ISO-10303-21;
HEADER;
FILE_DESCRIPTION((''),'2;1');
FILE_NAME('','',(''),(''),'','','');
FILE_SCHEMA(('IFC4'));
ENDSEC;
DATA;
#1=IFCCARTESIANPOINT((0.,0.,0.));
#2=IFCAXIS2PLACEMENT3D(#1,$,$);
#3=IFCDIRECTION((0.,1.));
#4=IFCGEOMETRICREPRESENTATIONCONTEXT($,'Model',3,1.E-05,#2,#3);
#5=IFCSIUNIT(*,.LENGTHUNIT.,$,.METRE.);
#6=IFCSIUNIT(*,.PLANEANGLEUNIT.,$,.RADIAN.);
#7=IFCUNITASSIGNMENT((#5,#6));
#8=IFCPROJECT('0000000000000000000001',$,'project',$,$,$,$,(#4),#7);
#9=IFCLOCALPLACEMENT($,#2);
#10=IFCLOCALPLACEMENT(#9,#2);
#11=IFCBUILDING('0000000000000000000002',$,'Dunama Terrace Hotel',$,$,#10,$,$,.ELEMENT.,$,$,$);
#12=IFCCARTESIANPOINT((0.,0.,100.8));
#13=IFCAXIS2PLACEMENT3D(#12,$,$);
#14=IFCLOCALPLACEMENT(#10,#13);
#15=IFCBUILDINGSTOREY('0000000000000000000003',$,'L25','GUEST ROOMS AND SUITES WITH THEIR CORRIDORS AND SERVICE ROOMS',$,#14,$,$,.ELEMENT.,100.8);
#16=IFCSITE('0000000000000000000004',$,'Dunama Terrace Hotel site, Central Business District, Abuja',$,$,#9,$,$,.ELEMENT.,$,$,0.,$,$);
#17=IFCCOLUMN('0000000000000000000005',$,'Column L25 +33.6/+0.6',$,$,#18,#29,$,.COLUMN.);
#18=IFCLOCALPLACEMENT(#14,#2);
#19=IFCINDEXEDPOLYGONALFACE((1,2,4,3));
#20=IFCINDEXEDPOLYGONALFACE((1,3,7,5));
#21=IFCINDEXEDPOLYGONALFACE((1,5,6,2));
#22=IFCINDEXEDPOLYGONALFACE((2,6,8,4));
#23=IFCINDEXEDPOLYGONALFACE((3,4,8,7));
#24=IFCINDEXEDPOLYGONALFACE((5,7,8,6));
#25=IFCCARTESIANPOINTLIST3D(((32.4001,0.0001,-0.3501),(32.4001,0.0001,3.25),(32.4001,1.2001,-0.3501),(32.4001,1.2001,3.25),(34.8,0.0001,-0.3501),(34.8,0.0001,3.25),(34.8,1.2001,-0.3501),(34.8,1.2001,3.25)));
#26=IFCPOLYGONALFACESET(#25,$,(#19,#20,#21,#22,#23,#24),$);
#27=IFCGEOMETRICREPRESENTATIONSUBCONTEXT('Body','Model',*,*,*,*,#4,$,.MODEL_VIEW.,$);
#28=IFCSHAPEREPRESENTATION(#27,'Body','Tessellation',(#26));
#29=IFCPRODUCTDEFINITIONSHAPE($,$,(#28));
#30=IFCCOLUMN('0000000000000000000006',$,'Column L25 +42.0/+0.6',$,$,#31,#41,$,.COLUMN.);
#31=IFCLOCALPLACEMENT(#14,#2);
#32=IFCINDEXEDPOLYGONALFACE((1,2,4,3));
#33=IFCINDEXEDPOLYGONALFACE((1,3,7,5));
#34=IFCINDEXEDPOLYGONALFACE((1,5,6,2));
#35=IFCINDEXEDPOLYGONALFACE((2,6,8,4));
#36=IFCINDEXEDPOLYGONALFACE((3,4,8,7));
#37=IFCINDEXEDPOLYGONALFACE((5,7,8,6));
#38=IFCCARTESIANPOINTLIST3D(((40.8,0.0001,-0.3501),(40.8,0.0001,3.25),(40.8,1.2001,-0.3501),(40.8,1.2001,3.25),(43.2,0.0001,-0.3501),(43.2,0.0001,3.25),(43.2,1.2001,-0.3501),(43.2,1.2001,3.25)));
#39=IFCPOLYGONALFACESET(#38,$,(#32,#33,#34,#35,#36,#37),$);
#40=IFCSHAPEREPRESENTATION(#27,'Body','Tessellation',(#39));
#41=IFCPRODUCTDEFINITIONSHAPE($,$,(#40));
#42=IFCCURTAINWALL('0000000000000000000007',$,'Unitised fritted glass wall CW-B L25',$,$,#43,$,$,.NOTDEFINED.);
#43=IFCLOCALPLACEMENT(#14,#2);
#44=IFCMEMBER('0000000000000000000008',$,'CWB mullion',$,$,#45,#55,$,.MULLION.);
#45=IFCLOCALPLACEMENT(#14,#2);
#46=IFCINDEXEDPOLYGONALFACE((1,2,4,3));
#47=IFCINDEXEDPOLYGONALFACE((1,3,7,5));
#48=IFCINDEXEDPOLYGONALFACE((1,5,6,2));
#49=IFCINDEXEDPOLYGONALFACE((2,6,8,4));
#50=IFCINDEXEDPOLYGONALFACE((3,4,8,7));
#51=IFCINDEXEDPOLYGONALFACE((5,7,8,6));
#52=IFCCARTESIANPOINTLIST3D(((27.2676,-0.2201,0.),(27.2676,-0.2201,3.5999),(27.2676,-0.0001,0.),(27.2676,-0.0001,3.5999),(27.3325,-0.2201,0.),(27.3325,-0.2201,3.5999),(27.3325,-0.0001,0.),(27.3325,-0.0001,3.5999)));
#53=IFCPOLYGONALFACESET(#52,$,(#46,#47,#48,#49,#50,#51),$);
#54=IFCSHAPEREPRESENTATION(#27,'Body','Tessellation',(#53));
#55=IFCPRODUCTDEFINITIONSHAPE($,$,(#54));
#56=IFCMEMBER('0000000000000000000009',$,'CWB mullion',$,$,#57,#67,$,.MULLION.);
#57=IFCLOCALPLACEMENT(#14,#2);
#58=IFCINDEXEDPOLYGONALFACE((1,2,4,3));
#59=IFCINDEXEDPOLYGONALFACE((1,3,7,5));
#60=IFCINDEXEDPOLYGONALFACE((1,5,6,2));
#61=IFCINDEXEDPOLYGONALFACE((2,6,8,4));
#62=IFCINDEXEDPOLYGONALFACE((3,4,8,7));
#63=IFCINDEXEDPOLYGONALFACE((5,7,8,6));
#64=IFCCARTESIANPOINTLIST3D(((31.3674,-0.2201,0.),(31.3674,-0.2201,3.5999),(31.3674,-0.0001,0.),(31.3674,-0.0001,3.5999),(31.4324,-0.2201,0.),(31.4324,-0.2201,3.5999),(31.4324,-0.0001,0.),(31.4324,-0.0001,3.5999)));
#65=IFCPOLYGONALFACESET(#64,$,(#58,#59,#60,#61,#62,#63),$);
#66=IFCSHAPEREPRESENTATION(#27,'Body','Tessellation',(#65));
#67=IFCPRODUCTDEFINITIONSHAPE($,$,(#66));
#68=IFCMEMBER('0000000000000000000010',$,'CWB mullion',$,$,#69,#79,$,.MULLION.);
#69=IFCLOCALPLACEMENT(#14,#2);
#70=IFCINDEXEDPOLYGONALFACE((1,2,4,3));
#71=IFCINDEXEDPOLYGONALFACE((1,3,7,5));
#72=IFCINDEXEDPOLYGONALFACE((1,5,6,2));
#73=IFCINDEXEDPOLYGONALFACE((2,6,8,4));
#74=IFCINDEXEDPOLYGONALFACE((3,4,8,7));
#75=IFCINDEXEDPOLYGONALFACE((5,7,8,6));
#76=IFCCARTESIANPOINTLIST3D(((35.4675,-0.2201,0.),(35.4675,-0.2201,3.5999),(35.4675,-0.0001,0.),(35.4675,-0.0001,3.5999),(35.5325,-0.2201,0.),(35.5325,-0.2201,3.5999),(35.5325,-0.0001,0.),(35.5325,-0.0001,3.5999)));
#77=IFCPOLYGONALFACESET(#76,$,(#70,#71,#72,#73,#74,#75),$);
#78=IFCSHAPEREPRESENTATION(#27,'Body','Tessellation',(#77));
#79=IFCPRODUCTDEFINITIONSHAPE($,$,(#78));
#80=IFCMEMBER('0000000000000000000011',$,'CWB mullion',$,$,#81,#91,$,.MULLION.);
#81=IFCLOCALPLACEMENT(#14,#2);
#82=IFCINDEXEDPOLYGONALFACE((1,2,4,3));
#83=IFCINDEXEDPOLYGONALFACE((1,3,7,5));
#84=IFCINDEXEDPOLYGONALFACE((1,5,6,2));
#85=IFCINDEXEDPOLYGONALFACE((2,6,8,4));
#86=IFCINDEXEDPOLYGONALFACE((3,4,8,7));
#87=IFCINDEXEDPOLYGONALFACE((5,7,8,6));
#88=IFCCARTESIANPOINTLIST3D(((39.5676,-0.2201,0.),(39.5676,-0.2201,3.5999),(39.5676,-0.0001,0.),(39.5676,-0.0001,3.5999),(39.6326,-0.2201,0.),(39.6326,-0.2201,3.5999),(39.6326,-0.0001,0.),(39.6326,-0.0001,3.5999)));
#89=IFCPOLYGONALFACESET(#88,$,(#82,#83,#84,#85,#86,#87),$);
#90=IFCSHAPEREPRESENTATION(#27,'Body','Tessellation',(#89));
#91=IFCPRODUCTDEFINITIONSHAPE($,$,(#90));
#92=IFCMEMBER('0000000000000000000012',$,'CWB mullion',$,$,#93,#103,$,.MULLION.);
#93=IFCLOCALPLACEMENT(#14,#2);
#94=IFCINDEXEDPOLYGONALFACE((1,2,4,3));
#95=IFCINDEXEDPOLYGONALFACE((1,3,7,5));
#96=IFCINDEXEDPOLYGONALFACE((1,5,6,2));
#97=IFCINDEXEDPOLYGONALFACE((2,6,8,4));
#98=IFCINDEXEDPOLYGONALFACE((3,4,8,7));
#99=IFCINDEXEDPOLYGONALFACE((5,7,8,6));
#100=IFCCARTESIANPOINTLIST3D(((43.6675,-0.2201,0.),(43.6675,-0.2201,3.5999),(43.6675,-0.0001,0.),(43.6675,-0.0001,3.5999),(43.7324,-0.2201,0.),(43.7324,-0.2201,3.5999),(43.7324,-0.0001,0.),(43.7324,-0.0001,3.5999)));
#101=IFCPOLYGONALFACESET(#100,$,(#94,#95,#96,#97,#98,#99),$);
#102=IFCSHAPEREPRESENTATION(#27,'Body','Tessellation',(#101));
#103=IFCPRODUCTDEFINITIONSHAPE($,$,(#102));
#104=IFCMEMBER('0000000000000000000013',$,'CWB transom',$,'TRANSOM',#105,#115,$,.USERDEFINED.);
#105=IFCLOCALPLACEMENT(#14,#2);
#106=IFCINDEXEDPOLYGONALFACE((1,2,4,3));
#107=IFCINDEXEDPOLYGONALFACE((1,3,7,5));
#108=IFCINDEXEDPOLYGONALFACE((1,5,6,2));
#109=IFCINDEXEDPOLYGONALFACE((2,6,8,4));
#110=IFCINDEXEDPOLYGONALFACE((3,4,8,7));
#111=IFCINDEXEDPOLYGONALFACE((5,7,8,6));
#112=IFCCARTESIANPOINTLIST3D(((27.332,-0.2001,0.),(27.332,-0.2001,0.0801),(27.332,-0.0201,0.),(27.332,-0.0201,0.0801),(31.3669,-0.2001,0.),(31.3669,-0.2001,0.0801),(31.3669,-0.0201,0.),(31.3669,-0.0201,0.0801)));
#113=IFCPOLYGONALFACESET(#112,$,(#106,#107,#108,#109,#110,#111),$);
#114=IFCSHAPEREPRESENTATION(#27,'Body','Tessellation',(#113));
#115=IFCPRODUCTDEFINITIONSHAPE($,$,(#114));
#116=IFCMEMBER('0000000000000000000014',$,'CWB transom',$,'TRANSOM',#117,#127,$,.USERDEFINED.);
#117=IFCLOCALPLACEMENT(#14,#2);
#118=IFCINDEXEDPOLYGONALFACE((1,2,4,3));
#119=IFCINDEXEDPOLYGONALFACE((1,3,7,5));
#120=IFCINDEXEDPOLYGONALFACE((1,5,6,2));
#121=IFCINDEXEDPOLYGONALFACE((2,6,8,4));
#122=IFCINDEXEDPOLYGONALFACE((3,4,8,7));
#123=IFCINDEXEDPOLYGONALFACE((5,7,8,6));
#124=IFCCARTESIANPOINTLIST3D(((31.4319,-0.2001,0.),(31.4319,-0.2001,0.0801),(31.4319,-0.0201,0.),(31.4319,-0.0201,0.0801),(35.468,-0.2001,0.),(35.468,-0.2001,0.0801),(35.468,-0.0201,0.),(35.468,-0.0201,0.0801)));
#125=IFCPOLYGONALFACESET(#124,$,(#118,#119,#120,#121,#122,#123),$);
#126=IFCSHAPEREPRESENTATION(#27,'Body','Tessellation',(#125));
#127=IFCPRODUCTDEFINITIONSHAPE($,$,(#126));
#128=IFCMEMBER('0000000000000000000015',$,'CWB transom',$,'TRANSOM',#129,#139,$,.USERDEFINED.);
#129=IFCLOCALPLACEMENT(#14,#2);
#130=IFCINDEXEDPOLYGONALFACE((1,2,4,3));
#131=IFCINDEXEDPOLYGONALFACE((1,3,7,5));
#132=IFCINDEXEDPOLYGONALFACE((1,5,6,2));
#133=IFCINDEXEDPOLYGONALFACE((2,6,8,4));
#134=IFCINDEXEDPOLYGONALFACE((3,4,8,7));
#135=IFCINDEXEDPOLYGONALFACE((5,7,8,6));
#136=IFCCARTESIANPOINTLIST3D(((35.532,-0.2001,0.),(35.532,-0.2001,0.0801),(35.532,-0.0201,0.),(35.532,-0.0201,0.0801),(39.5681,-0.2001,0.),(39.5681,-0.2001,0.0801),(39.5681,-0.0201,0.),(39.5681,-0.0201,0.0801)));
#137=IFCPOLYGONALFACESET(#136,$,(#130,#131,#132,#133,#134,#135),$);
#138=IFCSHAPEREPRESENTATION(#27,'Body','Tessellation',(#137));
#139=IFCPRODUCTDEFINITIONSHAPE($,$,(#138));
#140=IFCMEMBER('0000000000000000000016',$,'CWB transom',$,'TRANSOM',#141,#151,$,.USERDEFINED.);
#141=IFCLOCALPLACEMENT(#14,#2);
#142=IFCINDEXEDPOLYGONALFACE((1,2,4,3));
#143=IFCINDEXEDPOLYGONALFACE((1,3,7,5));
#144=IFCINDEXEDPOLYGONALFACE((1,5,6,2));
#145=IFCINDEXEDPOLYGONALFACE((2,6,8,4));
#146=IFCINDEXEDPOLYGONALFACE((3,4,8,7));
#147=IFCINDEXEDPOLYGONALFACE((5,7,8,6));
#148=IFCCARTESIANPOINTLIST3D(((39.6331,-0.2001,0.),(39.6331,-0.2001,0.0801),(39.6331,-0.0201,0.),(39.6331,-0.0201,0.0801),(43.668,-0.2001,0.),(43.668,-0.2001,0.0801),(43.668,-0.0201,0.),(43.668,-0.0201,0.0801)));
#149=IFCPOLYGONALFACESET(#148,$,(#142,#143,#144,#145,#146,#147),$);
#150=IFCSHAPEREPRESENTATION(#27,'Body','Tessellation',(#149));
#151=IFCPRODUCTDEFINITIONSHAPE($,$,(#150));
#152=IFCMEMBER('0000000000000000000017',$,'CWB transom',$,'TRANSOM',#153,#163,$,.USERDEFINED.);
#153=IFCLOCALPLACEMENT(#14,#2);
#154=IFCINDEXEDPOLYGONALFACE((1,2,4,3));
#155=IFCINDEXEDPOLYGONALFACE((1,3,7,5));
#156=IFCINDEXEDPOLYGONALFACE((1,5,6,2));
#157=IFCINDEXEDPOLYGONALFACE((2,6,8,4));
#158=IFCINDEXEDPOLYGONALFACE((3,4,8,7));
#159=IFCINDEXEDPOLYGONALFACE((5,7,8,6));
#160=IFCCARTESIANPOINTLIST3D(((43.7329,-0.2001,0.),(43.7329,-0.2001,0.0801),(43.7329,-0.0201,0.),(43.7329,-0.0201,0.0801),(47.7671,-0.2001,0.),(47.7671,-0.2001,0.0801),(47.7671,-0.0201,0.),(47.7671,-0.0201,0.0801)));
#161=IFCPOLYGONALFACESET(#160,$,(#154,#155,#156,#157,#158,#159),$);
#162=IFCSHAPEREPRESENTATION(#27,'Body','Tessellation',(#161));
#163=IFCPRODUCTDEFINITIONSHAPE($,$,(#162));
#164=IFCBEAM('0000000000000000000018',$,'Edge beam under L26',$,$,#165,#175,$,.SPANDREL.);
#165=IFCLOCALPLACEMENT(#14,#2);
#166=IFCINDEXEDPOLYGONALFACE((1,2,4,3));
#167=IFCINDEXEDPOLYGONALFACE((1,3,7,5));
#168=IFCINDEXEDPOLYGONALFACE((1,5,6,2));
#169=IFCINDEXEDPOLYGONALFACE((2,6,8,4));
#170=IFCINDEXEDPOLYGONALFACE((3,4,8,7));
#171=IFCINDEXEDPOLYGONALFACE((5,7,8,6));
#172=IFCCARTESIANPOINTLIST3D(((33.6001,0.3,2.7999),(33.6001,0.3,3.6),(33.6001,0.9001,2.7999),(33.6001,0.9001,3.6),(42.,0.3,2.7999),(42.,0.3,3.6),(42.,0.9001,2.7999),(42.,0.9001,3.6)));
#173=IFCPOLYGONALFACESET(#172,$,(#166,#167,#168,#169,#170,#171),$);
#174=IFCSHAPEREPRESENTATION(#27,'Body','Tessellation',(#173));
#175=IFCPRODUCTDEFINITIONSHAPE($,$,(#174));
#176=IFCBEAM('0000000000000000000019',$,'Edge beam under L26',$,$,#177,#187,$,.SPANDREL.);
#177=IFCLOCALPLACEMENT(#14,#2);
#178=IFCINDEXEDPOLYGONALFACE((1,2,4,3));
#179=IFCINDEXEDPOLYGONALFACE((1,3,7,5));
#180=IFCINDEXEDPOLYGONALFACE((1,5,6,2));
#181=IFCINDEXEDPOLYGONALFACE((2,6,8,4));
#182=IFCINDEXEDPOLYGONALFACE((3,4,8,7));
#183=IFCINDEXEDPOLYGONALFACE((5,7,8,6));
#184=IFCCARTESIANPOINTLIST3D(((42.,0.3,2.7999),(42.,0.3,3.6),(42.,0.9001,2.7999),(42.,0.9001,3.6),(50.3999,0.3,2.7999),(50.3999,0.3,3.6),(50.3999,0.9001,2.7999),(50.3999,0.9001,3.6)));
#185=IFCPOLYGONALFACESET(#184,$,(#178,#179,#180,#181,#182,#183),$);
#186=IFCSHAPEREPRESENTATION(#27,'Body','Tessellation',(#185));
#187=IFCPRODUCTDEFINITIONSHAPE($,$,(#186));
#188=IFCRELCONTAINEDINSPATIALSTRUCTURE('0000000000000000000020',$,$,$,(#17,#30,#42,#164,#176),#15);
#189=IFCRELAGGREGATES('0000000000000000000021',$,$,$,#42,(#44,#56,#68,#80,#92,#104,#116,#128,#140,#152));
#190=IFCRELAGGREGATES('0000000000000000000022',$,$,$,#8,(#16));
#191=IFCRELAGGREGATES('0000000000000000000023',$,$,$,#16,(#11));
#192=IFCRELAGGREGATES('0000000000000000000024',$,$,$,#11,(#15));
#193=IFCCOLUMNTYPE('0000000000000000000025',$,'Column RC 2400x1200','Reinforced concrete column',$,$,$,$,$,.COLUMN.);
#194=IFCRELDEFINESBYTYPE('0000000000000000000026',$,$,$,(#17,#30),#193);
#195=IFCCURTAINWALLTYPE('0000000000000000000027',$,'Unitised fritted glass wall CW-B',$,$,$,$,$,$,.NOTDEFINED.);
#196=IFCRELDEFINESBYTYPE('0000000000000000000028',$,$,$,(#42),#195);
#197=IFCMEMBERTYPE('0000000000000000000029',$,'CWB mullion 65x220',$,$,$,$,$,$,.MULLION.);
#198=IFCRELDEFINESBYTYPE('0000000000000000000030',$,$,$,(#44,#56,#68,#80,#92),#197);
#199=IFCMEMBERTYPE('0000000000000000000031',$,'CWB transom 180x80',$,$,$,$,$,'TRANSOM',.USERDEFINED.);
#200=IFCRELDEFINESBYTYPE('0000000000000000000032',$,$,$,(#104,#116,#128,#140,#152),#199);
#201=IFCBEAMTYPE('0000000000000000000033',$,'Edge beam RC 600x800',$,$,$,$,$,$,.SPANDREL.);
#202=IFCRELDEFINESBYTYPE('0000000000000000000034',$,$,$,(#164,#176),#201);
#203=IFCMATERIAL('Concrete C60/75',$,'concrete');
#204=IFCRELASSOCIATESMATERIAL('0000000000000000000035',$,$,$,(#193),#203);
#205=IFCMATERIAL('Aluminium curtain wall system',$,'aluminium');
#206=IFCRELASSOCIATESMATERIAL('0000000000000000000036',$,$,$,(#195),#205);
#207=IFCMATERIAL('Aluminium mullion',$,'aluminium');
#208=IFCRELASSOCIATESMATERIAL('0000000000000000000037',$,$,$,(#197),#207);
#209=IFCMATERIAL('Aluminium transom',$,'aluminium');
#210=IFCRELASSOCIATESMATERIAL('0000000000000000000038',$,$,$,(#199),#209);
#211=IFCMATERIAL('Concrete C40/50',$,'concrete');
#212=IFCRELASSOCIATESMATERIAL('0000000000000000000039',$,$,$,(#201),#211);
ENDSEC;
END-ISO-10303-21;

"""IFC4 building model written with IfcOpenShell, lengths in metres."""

from ifc_helpers import new_model, si_unit, direction, frame, origin, origin_2d, place, context, subcontext, project, spatial, rectangle, extrude, material, material_profile, profile_set, type_object, element, aggregate, save


model = new_model("IFC4")

# Units and contexts
model_context = context("Model", 3, precision=1e-05, world=origin(), true_north=direction((0.0, 1.0)))
body_context = subcontext(model_context, "Body", "Model", "MODEL_VIEW")
ifc_project = project(units=[si_unit("LENGTHUNIT", "METRE"), si_unit("PLANEANGLEUNIT", "RADIAN")], contexts=[model_context])

# Site, building, storey
site_placement = place(None, origin())
site = spatial("IfcSite", under=ifc_project, at=site_placement, Name="Dunama Terrace Hotel site, Central Business District, Abuja", CompositionType="ELEMENT", RefElevation=0.0)
building_placement = place(site_placement, origin())
building = spatial("IfcBuilding", under=site, at=building_placement, Name="Dunama Terrace Hotel", CompositionType="ELEMENT")
storey_placement = place(building_placement, frame((0.0, 0.0, 100.8)))
storey = spatial("IfcBuildingStorey", under=building, at=storey_placement, Name="L25", Description="GUEST ROOMS AND SUITES WITH THEIR CORRIDORS AND SERVICE ROOMS", CompositionType="ELEMENT", Elevation=100.8)

# Columns
ifc_material_1 = material(Name="Concrete C60/75", Category="concrete")
ifc_material_profile_1 = material_profile(ifc_material_1, rectangle(XDim=2.3999, YDim=1.2, at=origin_2d()), Name="RC 2400x1200")
ifc_profile_set_1 = profile_set([ifc_material_profile_1], Name="Concrete C60/75")
column_type = type_object("IfcColumnType", Name="Column RC 2400x1200", Description="Reinforced concrete column", PredefinedType="COLUMN", material=ifc_profile_set_1)
for number, where, z_axis, x_axis, name in (
    (1, (33.6001, 0.6001, -0.3501), (0.0, 0.0, 1.0), (1.0, 0.0, 0.0), "Column L25 +33.6/+0.6"),
    (2, (42.0, 0.6001, -0.3501), (0.0, 0.0, 1.0), (1.0, 0.0, 0.0), "Column L25 +42.0/+0.6"),
):
    element("IfcColumn", number, at=place(storey_placement, frame(where, z_axis=z_axis, x_axis=x_axis)), inside=storey, type_object=column_type, Name=name, PredefinedType="COLUMN", context=body_context, shape_type="SweptSolid", body=[
        extrude(rectangle(XDim=2.3999, YDim=1.2, at=origin_2d()), origin(), (0.0, 0.0, 1.0), 3.6001),
    ])

# Curtain wall, members
ifc_material_2 = material(Name="Aluminium curtain wall system", Category="aluminium")
curtain_wall_type = type_object("IfcCurtainWallType", Name="Unitised fritted glass wall CW-B", PredefinedType="NOTDEFINED", material=ifc_material_2)
curtain_wall_placement = place(storey_placement, origin())
curtain_wall = element("IfcCurtainWall", 3, at=curtain_wall_placement, inside=storey, type_object=curtain_wall_type, Name="Unitised fritted glass wall CW-B L25", PredefinedType="NOTDEFINED")
ifc_material_3 = material(Name="Aluminium mullion", Category="aluminium")
ifc_material_profile_2 = material_profile(ifc_material_3, rectangle(XDim=0.0649, YDim=0.22, at=origin_2d()), Name="CWB MULLION 65X220")
ifc_profile_set_2 = profile_set([ifc_material_profile_2], Name="Aluminium mullion")
member_type_1 = type_object("IfcMemberType", Name="CWB mullion 65x220", PredefinedType="MULLION", material=ifc_profile_set_2)
member_1_placement = place(storey_placement, frame((27.3, -0.1101, 0.0), z_axis=(0.0, 0.0, 1.0), x_axis=(1.0, 0.0, 0.0)))
member_1 = element("IfcMember", 4, at=member_1_placement, type_object=member_type_1, Name="CWB mullion", PredefinedType="MULLION", context=body_context, shape_type="SweptSolid", body=[
    extrude(rectangle(XDim=0.0649, YDim=0.22, at=origin_2d()), origin(), (0.0, 0.0, 1.0), 3.5999),
])
member_2_placement = place(storey_placement, frame((31.3999, -0.1101, 0.0), z_axis=(0.0, 0.0, 1.0), x_axis=(1.0, 0.0, 0.0)))
member_2 = element("IfcMember", 5, at=member_2_placement, type_object=member_type_1, Name="CWB mullion", PredefinedType="MULLION", context=body_context, shape_type="SweptSolid", body=[
    extrude(rectangle(XDim=0.0649, YDim=0.22, at=origin_2d()), origin(), (0.0, 0.0, 1.0), 3.5999),
])
member_3_placement = place(storey_placement, frame((35.5, -0.1101, 0.0), z_axis=(0.0, 0.0, 1.0), x_axis=(1.0, 0.0, 0.0)))
member_3 = element("IfcMember", 6, at=member_3_placement, type_object=member_type_1, Name="CWB mullion", PredefinedType="MULLION", context=body_context, shape_type="SweptSolid", body=[
    extrude(rectangle(XDim=0.0649, YDim=0.22, at=origin_2d()), origin(), (0.0, 0.0, 1.0), 3.5999),
])
member_4_placement = place(storey_placement, frame((39.6001, -0.1101, 0.0), z_axis=(0.0, 0.0, 1.0), x_axis=(1.0, 0.0, 0.0)))
member_4 = element("IfcMember", 7, at=member_4_placement, type_object=member_type_1, Name="CWB mullion", PredefinedType="MULLION", context=body_context, shape_type="SweptSolid", body=[
    extrude(rectangle(XDim=0.0649, YDim=0.22, at=origin_2d()), origin(), (0.0, 0.0, 1.0), 3.5999),
])
member_5_placement = place(storey_placement, frame((43.7, -0.1101, 0.0), z_axis=(0.0, 0.0, 1.0), x_axis=(1.0, 0.0, 0.0)))
member_5 = element("IfcMember", 8, at=member_5_placement, type_object=member_type_1, Name="CWB mullion", PredefinedType="MULLION", context=body_context, shape_type="SweptSolid", body=[
    extrude(rectangle(XDim=0.0649, YDim=0.22, at=origin_2d()), origin(), (0.0, 0.0, 1.0), 3.5999),
])
ifc_material_4 = material(Name="Aluminium transom", Category="aluminium")
ifc_material_profile_3 = material_profile(ifc_material_4, rectangle(XDim=0.1799, YDim=0.0801, at=origin_2d()), Name="CWB TRANSOM 180X80")
ifc_profile_set_3 = profile_set([ifc_material_profile_3], Name="Aluminium transom")
member_type_2 = type_object("IfcMemberType", Name="CWB transom 180x80", ElementType="TRANSOM", PredefinedType="USERDEFINED", material=ifc_profile_set_3)
member_6_placement = place(storey_placement, frame((27.332, -0.1101, 0.04), z_axis=(1.0, 0.0, 0.0), x_axis=(0.0, 1.0, 0.0)))
member_6 = element("IfcMember", 9, at=member_6_placement, type_object=member_type_2, Name="CWB transom", ObjectType="TRANSOM", PredefinedType="USERDEFINED", context=body_context, shape_type="SweptSolid", body=[
    extrude(rectangle(XDim=0.1799, YDim=0.0801, at=origin_2d()), origin(), (0.0, 0.0, 1.0), 4.0349),
])
member_7_placement = place(storey_placement, frame((31.4319, -0.1101, 0.04), z_axis=(1.0, 0.0, 0.0), x_axis=(0.0, 1.0, 0.0)))
member_7 = element("IfcMember", 10, at=member_7_placement, type_object=member_type_2, Name="CWB transom", ObjectType="TRANSOM", PredefinedType="USERDEFINED", context=body_context, shape_type="SweptSolid", body=[
    extrude(rectangle(XDim=0.1799, YDim=0.0801, at=origin_2d()), origin(), (0.0, 0.0, 1.0), 4.0361),
])
member_8_placement = place(storey_placement, frame((35.532, -0.1101, 0.04), z_axis=(1.0, 0.0, 0.0), x_axis=(0.0, 1.0, 0.0)))
member_8 = element("IfcMember", 11, at=member_8_placement, type_object=member_type_2, Name="CWB transom", ObjectType="TRANSOM", PredefinedType="USERDEFINED", context=body_context, shape_type="SweptSolid", body=[
    extrude(rectangle(XDim=0.1799, YDim=0.0801, at=origin_2d()), origin(), (0.0, 0.0, 1.0), 4.0361),
])
member_9_placement = place(storey_placement, frame((39.6331, -0.1101, 0.04), z_axis=(1.0, 0.0, 0.0), x_axis=(0.0, 1.0, 0.0)))
member_9 = element("IfcMember", 12, at=member_9_placement, type_object=member_type_2, Name="CWB transom", ObjectType="TRANSOM", PredefinedType="USERDEFINED", context=body_context, shape_type="SweptSolid", body=[
    extrude(rectangle(XDim=0.1799, YDim=0.0801, at=origin_2d()), origin(), (0.0, 0.0, 1.0), 4.0349),
])
member_10_placement = place(storey_placement, frame((43.7329, -0.1101, 0.04), z_axis=(1.0, 0.0, 0.0), x_axis=(0.0, 1.0, 0.0)))
member_10 = element("IfcMember", 13, at=member_10_placement, type_object=member_type_2, Name="CWB transom", ObjectType="TRANSOM", PredefinedType="USERDEFINED", context=body_context, shape_type="SweptSolid", body=[
    extrude(rectangle(XDim=0.1799, YDim=0.0801, at=origin_2d()), origin(), (0.0, 0.0, 1.0), 4.0342),
])

# Beams
ifc_material_5 = material(Name="Concrete C40/50", Category="concrete")
ifc_material_profile_4 = material_profile(ifc_material_5, rectangle(XDim=0.6001, YDim=0.8, at=origin_2d()), Name="RC 600x800")
ifc_profile_set_4 = profile_set([ifc_material_profile_4], Name="Concrete C40/50")
beam_type = type_object("IfcBeamType", Name="Edge beam RC 600x800", PredefinedType="SPANDREL", material=ifc_profile_set_4)
for number, where, z_axis, x_axis, name in (
    (14, (33.6001, 0.6001, 3.2), (1.0, 0.0, 0.0), (0.0, 1.0, 0.0), "Edge beam under L26"),
    (15, (42.0, 0.6001, 3.2), (1.0, 0.0, 0.0), (0.0, 1.0, 0.0), "Edge beam under L26"),
):
    element("IfcBeam", number, at=place(storey_placement, frame(where, z_axis=z_axis, x_axis=x_axis)), inside=storey, type_object=beam_type, Name=name, PredefinedType="SPANDREL", context=body_context, shape_type="SweptSolid", body=[
        extrude(rectangle(XDim=0.6001, YDim=0.8, at=origin_2d()), origin(), (0.0, 0.0, 1.0), 8.3999),
    ])

aggregate(curtain_wall, [member_1, member_2, member_3, member_4, member_5, member_6, member_7, member_8, member_9, member_10])

save(model, "model.ifc")
